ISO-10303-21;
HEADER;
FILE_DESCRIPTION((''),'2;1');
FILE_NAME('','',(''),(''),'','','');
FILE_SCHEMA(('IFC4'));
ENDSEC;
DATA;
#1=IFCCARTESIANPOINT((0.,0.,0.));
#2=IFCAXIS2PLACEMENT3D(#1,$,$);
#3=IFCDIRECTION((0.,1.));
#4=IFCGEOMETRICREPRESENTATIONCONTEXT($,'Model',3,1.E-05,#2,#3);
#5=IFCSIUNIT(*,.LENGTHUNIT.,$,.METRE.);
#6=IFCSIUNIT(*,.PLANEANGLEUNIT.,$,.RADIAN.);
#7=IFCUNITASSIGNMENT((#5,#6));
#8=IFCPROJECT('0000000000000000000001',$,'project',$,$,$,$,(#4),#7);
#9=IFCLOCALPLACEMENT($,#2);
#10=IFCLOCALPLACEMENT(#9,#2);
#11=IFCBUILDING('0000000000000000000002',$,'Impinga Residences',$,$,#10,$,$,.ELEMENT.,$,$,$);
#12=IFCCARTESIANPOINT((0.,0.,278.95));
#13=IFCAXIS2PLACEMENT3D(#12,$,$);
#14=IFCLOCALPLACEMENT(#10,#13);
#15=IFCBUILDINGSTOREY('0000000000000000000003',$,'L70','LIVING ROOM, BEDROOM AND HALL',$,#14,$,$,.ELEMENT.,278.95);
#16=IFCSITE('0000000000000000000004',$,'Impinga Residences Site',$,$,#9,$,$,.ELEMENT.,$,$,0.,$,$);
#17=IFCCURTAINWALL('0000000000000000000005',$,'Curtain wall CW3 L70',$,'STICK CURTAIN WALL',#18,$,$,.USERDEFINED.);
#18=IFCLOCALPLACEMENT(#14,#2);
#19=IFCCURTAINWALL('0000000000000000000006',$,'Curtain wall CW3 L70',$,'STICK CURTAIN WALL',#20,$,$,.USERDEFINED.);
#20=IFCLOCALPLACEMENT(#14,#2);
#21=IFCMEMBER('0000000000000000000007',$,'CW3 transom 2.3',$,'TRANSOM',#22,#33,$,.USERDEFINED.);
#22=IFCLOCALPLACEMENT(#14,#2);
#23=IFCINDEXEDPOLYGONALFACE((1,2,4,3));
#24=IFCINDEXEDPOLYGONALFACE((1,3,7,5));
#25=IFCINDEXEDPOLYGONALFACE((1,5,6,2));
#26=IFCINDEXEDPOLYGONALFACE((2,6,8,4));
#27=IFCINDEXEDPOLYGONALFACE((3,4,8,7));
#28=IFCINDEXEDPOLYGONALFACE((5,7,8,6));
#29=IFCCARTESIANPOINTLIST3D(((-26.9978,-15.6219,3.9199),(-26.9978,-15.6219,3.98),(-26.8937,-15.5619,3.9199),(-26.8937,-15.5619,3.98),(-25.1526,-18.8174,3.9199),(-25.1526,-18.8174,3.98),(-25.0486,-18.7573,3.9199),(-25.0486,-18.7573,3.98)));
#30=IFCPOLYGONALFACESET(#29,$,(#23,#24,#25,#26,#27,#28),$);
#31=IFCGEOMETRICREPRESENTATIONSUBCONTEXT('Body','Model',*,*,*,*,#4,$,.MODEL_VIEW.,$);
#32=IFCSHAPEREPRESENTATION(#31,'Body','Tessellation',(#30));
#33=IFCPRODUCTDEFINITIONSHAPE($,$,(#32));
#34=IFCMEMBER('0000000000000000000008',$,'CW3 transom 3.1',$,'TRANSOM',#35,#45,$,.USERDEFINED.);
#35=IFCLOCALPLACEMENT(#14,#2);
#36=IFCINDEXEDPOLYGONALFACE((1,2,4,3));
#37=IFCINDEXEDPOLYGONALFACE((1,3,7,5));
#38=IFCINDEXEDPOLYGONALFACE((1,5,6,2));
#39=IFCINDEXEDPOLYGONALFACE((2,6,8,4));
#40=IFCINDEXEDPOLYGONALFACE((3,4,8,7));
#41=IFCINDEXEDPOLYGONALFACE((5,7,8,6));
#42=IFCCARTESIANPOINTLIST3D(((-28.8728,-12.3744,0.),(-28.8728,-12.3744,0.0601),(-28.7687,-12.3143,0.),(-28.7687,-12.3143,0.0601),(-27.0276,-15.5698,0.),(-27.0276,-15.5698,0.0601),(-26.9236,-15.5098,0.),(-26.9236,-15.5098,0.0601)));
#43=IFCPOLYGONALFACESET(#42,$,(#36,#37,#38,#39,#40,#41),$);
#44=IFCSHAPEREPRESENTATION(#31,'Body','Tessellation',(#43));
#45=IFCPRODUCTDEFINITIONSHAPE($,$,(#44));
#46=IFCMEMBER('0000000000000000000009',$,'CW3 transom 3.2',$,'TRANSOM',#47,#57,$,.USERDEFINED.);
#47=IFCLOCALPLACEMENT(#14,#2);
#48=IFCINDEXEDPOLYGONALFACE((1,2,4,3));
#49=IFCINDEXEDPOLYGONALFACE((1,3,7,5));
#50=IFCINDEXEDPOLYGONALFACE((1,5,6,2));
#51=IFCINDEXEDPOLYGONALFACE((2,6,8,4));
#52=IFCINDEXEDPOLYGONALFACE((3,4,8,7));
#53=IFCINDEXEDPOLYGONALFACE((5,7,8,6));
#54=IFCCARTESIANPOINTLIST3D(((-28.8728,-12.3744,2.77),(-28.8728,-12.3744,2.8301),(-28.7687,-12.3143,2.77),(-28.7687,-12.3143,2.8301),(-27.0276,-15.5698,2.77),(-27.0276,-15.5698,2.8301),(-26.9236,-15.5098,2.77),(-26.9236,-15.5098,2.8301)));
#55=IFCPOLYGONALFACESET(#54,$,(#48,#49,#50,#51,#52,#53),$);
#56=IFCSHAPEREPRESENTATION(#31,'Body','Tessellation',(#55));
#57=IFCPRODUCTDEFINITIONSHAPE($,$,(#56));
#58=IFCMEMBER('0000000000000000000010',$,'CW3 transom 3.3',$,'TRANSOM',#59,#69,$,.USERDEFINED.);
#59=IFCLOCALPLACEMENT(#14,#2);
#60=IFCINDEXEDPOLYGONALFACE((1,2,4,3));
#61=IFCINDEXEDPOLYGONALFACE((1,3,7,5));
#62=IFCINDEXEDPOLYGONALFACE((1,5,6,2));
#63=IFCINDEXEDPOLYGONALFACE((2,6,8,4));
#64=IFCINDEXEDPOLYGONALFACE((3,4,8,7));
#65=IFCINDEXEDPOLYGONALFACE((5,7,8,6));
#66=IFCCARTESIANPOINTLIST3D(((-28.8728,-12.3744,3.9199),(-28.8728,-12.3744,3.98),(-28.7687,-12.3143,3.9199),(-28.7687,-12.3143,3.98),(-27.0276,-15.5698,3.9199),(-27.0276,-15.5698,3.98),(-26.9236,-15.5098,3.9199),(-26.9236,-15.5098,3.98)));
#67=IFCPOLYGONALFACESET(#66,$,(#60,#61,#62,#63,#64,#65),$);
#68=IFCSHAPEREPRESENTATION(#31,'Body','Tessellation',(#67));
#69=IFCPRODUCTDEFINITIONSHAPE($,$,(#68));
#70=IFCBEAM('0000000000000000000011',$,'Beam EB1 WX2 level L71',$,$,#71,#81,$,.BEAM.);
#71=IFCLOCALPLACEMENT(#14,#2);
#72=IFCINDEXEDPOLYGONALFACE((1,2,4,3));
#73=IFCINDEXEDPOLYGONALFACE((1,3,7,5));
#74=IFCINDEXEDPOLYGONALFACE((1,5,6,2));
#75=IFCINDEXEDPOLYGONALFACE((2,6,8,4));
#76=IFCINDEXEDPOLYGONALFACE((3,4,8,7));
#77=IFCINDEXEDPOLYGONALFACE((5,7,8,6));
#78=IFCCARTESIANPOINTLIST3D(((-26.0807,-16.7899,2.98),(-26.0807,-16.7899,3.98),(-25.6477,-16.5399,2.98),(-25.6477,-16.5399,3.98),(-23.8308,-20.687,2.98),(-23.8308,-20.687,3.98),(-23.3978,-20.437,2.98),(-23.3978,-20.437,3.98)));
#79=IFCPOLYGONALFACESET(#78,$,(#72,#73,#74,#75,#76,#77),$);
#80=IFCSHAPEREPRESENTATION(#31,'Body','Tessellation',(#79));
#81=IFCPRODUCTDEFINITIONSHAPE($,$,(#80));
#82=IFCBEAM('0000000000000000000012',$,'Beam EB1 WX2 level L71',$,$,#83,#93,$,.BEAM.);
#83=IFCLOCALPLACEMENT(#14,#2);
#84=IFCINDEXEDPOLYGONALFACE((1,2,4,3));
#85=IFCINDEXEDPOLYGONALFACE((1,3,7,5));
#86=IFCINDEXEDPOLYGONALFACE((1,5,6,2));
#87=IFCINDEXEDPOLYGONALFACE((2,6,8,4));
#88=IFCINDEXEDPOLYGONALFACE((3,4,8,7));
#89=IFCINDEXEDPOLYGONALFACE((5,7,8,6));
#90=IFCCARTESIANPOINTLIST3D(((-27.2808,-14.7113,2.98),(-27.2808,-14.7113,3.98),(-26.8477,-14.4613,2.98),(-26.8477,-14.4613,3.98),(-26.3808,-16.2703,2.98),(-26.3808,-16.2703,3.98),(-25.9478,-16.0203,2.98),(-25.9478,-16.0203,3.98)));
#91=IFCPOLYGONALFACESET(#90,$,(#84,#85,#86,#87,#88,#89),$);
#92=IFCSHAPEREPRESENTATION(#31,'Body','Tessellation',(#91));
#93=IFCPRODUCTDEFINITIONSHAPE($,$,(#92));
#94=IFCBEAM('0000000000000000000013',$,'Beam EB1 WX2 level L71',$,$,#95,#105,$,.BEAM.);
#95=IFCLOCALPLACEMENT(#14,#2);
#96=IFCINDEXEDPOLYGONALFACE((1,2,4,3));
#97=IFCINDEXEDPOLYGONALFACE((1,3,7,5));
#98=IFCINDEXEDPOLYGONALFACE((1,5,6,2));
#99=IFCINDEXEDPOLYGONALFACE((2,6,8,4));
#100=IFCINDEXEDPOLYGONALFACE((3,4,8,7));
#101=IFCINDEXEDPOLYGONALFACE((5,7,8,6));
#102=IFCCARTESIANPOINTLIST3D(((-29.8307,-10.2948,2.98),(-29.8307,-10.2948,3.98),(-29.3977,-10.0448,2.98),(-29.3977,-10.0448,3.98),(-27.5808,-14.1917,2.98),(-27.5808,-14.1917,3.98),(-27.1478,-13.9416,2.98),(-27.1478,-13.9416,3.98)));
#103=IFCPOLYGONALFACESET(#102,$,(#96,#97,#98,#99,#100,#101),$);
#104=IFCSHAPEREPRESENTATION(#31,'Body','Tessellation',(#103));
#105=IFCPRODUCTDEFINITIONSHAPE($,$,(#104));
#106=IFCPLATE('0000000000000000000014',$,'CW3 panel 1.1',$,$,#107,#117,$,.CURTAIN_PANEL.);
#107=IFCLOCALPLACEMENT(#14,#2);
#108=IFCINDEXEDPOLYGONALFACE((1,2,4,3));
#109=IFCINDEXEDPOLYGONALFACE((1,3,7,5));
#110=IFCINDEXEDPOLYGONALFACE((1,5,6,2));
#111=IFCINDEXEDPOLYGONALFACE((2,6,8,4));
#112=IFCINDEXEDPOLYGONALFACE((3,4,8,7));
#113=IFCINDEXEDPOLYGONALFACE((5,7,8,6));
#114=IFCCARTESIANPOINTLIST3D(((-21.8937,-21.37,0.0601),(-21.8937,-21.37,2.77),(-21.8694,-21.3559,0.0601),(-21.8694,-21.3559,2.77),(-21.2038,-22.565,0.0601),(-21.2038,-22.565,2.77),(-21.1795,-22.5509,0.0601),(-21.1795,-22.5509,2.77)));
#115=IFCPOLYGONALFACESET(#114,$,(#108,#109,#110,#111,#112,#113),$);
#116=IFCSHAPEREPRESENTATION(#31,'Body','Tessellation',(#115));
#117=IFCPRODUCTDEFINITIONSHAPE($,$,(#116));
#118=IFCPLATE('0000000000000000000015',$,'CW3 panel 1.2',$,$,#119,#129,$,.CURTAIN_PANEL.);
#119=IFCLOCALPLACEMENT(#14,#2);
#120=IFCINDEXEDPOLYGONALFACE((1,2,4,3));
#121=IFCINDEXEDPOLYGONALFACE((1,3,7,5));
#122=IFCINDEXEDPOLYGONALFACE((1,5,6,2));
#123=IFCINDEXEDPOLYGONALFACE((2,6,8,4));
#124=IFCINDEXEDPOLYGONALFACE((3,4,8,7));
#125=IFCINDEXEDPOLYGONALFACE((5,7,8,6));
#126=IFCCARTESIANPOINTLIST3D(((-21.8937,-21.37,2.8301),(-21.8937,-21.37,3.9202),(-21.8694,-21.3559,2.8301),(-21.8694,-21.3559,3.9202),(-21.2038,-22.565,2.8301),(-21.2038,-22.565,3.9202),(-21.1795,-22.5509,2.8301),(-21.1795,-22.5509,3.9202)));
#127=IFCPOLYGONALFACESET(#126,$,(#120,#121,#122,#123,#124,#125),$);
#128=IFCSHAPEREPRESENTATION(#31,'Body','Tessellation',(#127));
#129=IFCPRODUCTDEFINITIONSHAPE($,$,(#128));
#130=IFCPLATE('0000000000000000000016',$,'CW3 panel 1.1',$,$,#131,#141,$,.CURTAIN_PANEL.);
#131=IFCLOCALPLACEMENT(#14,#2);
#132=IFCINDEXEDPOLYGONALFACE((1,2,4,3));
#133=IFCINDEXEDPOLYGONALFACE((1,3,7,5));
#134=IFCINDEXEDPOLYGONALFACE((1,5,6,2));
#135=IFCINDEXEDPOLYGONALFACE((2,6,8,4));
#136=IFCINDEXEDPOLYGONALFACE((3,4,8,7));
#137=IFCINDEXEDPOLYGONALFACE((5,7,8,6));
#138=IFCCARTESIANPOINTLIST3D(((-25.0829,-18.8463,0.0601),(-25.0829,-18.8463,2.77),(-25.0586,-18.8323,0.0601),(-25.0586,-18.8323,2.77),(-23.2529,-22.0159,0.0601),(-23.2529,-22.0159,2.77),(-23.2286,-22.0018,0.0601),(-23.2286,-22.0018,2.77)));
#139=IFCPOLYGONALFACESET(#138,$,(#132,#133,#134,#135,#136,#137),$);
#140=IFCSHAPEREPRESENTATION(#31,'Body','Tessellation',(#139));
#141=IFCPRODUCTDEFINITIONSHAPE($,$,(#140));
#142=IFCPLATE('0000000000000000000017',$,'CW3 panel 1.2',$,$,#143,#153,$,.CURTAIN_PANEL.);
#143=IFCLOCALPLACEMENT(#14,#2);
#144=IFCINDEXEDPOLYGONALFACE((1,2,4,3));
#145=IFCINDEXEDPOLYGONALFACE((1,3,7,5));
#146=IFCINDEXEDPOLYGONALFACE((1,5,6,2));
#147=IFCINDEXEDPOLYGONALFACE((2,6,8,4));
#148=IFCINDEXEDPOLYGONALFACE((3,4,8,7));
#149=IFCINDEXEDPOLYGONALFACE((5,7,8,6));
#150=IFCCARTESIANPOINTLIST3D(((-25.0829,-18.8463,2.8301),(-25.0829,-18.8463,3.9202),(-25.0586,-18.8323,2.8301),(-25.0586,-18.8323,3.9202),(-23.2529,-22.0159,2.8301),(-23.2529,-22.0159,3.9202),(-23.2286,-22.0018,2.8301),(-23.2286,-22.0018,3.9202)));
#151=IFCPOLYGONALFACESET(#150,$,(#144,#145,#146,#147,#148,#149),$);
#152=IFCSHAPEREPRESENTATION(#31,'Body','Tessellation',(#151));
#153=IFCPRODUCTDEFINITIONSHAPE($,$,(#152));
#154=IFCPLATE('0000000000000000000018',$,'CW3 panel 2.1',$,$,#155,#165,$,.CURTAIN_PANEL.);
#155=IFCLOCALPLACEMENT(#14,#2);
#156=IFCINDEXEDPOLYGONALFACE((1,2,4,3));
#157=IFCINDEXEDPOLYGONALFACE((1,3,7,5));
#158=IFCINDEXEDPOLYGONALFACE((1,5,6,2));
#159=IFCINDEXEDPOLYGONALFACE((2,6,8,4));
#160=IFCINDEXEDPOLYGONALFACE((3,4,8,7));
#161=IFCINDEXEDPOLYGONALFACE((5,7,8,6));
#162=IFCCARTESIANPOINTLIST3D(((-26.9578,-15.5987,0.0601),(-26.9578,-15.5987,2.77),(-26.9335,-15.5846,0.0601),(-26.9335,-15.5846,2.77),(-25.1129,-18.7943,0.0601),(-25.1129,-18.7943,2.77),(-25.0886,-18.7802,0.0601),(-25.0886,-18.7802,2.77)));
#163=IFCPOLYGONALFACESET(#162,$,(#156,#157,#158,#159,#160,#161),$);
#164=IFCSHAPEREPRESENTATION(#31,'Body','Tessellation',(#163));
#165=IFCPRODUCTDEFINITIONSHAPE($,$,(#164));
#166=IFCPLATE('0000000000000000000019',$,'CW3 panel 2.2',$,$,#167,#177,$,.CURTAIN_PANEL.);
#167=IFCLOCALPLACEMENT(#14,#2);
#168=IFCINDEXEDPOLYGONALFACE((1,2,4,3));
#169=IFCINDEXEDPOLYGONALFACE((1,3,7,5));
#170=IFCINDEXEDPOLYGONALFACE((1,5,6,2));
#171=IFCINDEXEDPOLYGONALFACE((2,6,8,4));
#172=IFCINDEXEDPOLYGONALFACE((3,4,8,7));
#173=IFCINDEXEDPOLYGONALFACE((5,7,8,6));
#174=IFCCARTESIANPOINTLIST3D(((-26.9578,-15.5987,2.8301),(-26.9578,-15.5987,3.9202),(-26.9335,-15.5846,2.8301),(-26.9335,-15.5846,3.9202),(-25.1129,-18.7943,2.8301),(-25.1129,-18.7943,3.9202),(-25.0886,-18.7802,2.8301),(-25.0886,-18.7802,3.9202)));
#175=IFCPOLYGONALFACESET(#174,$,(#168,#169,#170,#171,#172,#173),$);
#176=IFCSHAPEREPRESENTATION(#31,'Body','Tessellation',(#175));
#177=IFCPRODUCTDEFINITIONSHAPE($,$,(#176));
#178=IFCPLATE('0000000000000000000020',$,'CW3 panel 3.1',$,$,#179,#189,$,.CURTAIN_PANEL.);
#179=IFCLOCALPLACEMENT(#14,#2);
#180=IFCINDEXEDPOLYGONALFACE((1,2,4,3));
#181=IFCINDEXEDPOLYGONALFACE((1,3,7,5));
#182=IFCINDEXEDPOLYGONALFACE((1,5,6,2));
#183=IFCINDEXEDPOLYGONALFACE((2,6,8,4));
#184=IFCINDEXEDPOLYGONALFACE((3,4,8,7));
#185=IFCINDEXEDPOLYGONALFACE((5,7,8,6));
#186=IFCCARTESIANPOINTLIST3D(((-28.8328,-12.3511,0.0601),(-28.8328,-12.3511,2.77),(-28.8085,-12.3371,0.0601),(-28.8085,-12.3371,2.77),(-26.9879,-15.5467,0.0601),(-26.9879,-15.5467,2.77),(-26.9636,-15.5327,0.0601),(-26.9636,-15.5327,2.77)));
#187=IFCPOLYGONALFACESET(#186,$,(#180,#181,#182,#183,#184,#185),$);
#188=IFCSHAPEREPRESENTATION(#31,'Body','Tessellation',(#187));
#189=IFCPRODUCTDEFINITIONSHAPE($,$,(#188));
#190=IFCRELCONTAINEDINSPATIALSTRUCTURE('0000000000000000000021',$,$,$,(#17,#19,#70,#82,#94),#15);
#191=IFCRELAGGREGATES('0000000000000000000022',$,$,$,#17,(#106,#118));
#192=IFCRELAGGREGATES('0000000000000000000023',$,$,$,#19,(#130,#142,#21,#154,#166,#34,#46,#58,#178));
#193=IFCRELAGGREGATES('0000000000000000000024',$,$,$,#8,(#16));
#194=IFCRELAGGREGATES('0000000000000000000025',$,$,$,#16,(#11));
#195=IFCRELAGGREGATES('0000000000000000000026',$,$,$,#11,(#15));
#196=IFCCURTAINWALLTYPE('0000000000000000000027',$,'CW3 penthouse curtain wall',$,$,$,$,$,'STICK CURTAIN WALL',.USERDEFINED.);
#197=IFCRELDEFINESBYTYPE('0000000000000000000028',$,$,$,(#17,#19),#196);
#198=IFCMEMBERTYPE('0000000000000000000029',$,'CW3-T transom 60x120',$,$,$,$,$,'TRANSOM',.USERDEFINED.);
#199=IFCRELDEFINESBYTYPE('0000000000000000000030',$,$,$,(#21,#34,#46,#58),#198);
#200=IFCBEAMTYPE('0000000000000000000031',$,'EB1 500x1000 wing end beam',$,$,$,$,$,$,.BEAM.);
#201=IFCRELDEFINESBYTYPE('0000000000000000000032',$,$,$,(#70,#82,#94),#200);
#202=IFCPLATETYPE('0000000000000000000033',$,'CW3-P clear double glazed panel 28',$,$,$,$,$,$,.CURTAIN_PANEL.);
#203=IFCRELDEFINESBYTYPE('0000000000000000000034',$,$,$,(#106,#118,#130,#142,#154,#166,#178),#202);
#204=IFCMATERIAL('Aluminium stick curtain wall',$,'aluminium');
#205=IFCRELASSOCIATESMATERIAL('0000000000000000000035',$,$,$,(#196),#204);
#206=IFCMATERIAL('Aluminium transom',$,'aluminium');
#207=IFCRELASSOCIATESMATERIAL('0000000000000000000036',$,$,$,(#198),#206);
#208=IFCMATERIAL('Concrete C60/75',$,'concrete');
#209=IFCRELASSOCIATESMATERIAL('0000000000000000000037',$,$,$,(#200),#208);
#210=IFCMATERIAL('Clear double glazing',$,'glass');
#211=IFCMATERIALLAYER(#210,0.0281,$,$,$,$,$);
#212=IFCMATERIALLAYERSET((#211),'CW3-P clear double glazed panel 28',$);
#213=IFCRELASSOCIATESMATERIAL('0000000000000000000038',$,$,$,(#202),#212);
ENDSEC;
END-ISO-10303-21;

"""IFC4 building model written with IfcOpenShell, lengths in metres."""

from ifc_helpers import new_model, si_unit, direction, frame, origin, origin_2d, place, context, subcontext, project, spatial, rectangle, extrude, material, layer, layer_set, material_profile, profile_set, type_object, element, aggregate, save


model = new_model("IFC4")

# Units and contexts
model_context = context("Model", 3, precision=1e-05, world=origin(), true_north=direction((0.0, 1.0)))
body_context = subcontext(model_context, "Body", "Model", "MODEL_VIEW")
ifc_project = project(units=[si_unit("LENGTHUNIT", "METRE"), si_unit("PLANEANGLEUNIT", "RADIAN")], contexts=[model_context])

# Site, building, storey
site_placement = place(None, origin())
site = spatial("IfcSite", under=ifc_project, at=site_placement, Name="Impinga Residences Site", CompositionType="ELEMENT", RefElevation=0.0)
building_placement = place(site_placement, origin())
building = spatial("IfcBuilding", under=site, at=building_placement, Name="Impinga Residences", CompositionType="ELEMENT")
storey_placement = place(building_placement, frame((0.0, 0.0, 278.95)))
storey = spatial("IfcBuildingStorey", under=building, at=storey_placement, Name="L70", Description="LIVING ROOM, BEDROOM AND HALL", CompositionType="ELEMENT", Elevation=278.95)

# Shared definitions
ifc_material_1 = material(Name="Concrete C60/75", Category="concrete")

# Curtain walls
ifc_material_2 = material(Name="Aluminium stick curtain wall", Category="aluminium")
curtain_wall_type = type_object("IfcCurtainWallType", Name="CW3 penthouse curtain wall", ElementType="STICK CURTAIN WALL", PredefinedType="USERDEFINED", material=ifc_material_2)
curtain_wall_1_placement = place(storey_placement, origin())
curtain_wall_1 = element("IfcCurtainWall", 1, at=curtain_wall_1_placement, inside=storey, type_object=curtain_wall_type, Name="Curtain wall CW3 L70", ObjectType="STICK CURTAIN WALL", PredefinedType="USERDEFINED")
curtain_wall_2_placement = place(storey_placement, origin())
curtain_wall_2 = element("IfcCurtainWall", 2, at=curtain_wall_2_placement, inside=storey, type_object=curtain_wall_type, Name="Curtain wall CW3 L70", ObjectType="STICK CURTAIN WALL", PredefinedType="USERDEFINED")

# Members
ifc_material_3 = material(Name="Aluminium transom", Category="aluminium")
ifc_material_profile_1 = material_profile(ifc_material_3, rectangle(XDim=0.0601, YDim=0.1201, at=origin_2d()), Name="60x120 transom")
ifc_profile_set_1 = profile_set([ifc_material_profile_1], Name="Aluminium transom")
member_type_1 = type_object("IfcMemberType", Name="CW3-T transom 60x120", ElementType="TRANSOM", PredefinedType="USERDEFINED", material=ifc_profile_set_1)
member_1_placement = place(storey_placement, frame((-25.1006, -18.7874, 3.95), z_axis=(-0.500053, 0.865995, 0.0), x_axis=(0.0, 0.0, 1.0)))
member_1 = element("IfcMember", 3, at=member_1_placement, type_object=member_type_1, Name="CW3 transom 2.3", ObjectType="TRANSOM", PredefinedType="USERDEFINED", context=body_context, shape_type="SweptSolid", body=[
    extrude(rectangle(XDim=0.0601, YDim=0.1201, at=origin_2d()), origin(), (0.0, 0.0, 1.0), 3.6899),
])
member_2_placement = place(storey_placement, frame((-26.9756, -15.5398, 0.03), z_axis=(-0.500053, 0.865995, 0.0), x_axis=(0.0, 0.0, 1.0)))
member_2 = element("IfcMember", 4, at=member_2_placement, type_object=member_type_1, Name="CW3 transom 3.1", ObjectType="TRANSOM", PredefinedType="USERDEFINED", context=body_context, shape_type="SweptSolid", body=[
    extrude(rectangle(XDim=0.0601, YDim=0.1201, at=origin_2d()), origin(), (0.0, 0.0, 1.0), 3.6899),
])
member_3_placement = place(storey_placement, frame((-26.9756, -15.5398, 2.8), z_axis=(-0.500053, 0.865995, 0.0), x_axis=(0.0, 0.0, 1.0)))
member_3 = element("IfcMember", 5, at=member_3_placement, type_object=member_type_1, Name="CW3 transom 3.2", ObjectType="TRANSOM", PredefinedType="USERDEFINED", context=body_context, shape_type="SweptSolid", body=[
    extrude(rectangle(XDim=0.0601, YDim=0.1201, at=origin_2d()), origin(), (0.0, 0.0, 1.0), 3.6899),
])
member_4_placement = place(storey_placement, frame((-26.9756, -15.5398, 3.95), z_axis=(-0.500053, 0.865995, 0.0), x_axis=(0.0, 0.0, 1.0)))
member_4 = element("IfcMember", 6, at=member_4_placement, type_object=member_type_1, Name="CW3 transom 3.3", ObjectType="TRANSOM", PredefinedType="USERDEFINED", context=body_context, shape_type="SweptSolid", body=[
    extrude(rectangle(XDim=0.0601, YDim=0.1201, at=origin_2d()), origin(), (0.0, 0.0, 1.0), 3.6899),
])

# Beams
ifc_material_profile_2 = material_profile(ifc_material_1, rectangle(XDim=0.5, YDim=1.0, at=origin_2d()), Name="RC 500x1000")
ifc_profile_set_2 = profile_set([ifc_material_profile_2], Name="Concrete C60/75")
beam_type_1 = type_object("IfcBeamType", Name="EB1 500x1000 wing end beam", PredefinedType="BEAM", material=ifc_profile_set_2)
beam_1_placement = place(storey_placement, frame((-23.6143, -20.562, 3.48), z_axis=(-0.49999, 0.866031, 0.0), x_axis=(-0.866031, -0.49999, 0.0)))
element("IfcBeam", 7, at=beam_1_placement, inside=storey, type_object=beam_type_1, Name="Beam EB1 WX2 level L71", PredefinedType="BEAM", context=body_context, shape_type="SweptSolid", body=[
    extrude(rectangle(XDim=0.5, YDim=1.0, at=origin_2d()), origin(), (0.0, 0.0, 1.0), 4.5),
])
beam_2_placement = place(storey_placement, frame((-26.1643, -16.1453, 3.48), z_axis=(-0.499961, 0.866048, 0.0), x_axis=(-0.866048, -0.499961, 0.0)))
element("IfcBeam", 8, at=beam_2_placement, inside=storey, type_object=beam_type_1, Name="Beam EB1 WX2 level L71", PredefinedType="BEAM", context=body_context, shape_type="SweptSolid", body=[
    extrude(rectangle(XDim=0.5, YDim=1.0, at=origin_2d()), origin(), (0.0, 0.0, 1.0), 1.8),
])
beam_3_placement = place(storey_placement, frame((-27.3643, -14.0667, 3.48), z_axis=(-0.500014, 0.866018, 0.0), x_axis=(-0.866018, -0.500014, 0.0)))
element("IfcBeam", 9, at=beam_3_placement, inside=storey, type_object=beam_type_1, Name="Beam EB1 WX2 level L71", PredefinedType="BEAM", context=body_context, shape_type="SweptSolid", body=[
    extrude(rectangle(XDim=0.5, YDim=1.0, at=origin_2d()), origin(), (0.0, 0.0, 1.0), 4.4998),
])

# Plates
ifc_material_4 = material(Name="Clear double glazing", Category="glass")
ifc_layer_1 = layer(ifc_material_4, 0.0281)
ifc_layer_set_1 = layer_set([ifc_layer_1], Name="CW3-P clear double glazed panel 28")
plate_type = type_object("IfcPlateType", Name="CW3-P clear double glazed panel 28", PredefinedType="CURTAIN_PANEL", material=ifc_layer_set_1)
plate_1_placement = place(storey_placement, frame((-21.5366, -21.9604, 0.0601), z_axis=(0.0, 0.0, 1.0), x_axis=(-0.5, 0.866025, 0.0)))
plate_1 = element("IfcPlate", 10, at=plate_1_placement, type_object=plate_type, Name="CW3 panel 1.1", PredefinedType="CURTAIN_PANEL", context=body_context, shape_type="SweptSolid", body=[
    extrude(rectangle(XDim=1.3799, YDim=0.0281, at=origin_2d()), origin(), (0.0, 0.0, 1.0), 2.71),
])
plate_2_placement = place(storey_placement, frame((-21.5366, -21.9604, 2.8301), z_axis=(0.0, 0.0, 1.0), x_axis=(-0.5, 0.866025, 0.0)))
plate_2 = element("IfcPlate", 11, at=plate_2_placement, type_object=plate_type, Name="CW3 panel 1.2", PredefinedType="CURTAIN_PANEL", context=body_context, shape_type="SweptSolid", body=[
    extrude(rectangle(XDim=1.3799, YDim=0.0281, at=origin_2d()), origin(), (0.0, 0.0, 1.0), 1.0901),
])
aggregate(curtain_wall_1, [plate_1, plate_2])
plate_3_placement = place(storey_placement, frame((-24.1558, -20.4241, 0.0601), z_axis=(0.0, 0.0, 1.0), x_axis=(-0.5, 0.866025, 0.0)))
plate_3 = element("IfcPlate", 12, at=plate_3_placement, type_object=plate_type, Name="CW3 panel 1.1", PredefinedType="CURTAIN_PANEL", context=body_context, shape_type="SweptSolid", body=[
    extrude(rectangle(XDim=3.6599, YDim=0.0281, at=origin_2d()), origin(), (0.0, 0.0, 1.0), 2.71),
])
plate_4_placement = place(storey_placement, frame((-24.1558, -20.4241, 2.8301), z_axis=(0.0, 0.0, 1.0), x_axis=(-0.5, 0.866025, 0.0)))
plate_4 = element("IfcPlate", 13, at=plate_4_placement, type_object=plate_type, Name="CW3 panel 1.2", PredefinedType="CURTAIN_PANEL", context=body_context, shape_type="SweptSolid", body=[
    extrude(rectangle(XDim=3.6599, YDim=0.0281, at=origin_2d()), origin(), (0.0, 0.0, 1.0), 1.0901),
])
plate_5_placement = place(storey_placement, frame((-26.0232, -17.1895, 0.0601), z_axis=(0.0, 0.0, 1.0), x_axis=(-0.5, 0.866025, 0.0)))
plate_5 = element("IfcPlate", 14, at=plate_5_placement, type_object=plate_type, Name="CW3 panel 2.1", PredefinedType="CURTAIN_PANEL", context=body_context, shape_type="SweptSolid", body=[
    extrude(rectangle(XDim=3.6899, YDim=0.0281, at=origin_2d()), origin(), (0.0, 0.0, 1.0), 2.71),
])
plate_6_placement = place(storey_placement, frame((-26.0232, -17.1895, 2.8301), z_axis=(0.0, 0.0, 1.0), x_axis=(-0.5, 0.866025, 0.0)))
plate_6 = element("IfcPlate", 15, at=plate_6_placement, type_object=plate_type, Name="CW3 panel 2.2", PredefinedType="CURTAIN_PANEL", context=body_context, shape_type="SweptSolid", body=[
    extrude(rectangle(XDim=3.6899, YDim=0.0281, at=origin_2d()), origin(), (0.0, 0.0, 1.0), 1.0901),
])
plate_7_placement = place(storey_placement, frame((-27.8982, -13.9419, 0.0601), z_axis=(0.0, 0.0, 1.0), x_axis=(-0.5, 0.866025, 0.0)))
plate_7 = element("IfcPlate", 16, at=plate_7_placement, type_object=plate_type, Name="CW3 panel 3.1", PredefinedType="CURTAIN_PANEL", context=body_context, shape_type="SweptSolid", body=[
    extrude(rectangle(XDim=3.6899, YDim=0.0281, at=origin_2d()), origin(), (0.0, 0.0, 1.0), 2.71),
])
aggregate(curtain_wall_2, [plate_3, plate_4, member_1, plate_5, plate_6, member_2, member_3, member_4, plate_7])

save(model, "model.ifc")
